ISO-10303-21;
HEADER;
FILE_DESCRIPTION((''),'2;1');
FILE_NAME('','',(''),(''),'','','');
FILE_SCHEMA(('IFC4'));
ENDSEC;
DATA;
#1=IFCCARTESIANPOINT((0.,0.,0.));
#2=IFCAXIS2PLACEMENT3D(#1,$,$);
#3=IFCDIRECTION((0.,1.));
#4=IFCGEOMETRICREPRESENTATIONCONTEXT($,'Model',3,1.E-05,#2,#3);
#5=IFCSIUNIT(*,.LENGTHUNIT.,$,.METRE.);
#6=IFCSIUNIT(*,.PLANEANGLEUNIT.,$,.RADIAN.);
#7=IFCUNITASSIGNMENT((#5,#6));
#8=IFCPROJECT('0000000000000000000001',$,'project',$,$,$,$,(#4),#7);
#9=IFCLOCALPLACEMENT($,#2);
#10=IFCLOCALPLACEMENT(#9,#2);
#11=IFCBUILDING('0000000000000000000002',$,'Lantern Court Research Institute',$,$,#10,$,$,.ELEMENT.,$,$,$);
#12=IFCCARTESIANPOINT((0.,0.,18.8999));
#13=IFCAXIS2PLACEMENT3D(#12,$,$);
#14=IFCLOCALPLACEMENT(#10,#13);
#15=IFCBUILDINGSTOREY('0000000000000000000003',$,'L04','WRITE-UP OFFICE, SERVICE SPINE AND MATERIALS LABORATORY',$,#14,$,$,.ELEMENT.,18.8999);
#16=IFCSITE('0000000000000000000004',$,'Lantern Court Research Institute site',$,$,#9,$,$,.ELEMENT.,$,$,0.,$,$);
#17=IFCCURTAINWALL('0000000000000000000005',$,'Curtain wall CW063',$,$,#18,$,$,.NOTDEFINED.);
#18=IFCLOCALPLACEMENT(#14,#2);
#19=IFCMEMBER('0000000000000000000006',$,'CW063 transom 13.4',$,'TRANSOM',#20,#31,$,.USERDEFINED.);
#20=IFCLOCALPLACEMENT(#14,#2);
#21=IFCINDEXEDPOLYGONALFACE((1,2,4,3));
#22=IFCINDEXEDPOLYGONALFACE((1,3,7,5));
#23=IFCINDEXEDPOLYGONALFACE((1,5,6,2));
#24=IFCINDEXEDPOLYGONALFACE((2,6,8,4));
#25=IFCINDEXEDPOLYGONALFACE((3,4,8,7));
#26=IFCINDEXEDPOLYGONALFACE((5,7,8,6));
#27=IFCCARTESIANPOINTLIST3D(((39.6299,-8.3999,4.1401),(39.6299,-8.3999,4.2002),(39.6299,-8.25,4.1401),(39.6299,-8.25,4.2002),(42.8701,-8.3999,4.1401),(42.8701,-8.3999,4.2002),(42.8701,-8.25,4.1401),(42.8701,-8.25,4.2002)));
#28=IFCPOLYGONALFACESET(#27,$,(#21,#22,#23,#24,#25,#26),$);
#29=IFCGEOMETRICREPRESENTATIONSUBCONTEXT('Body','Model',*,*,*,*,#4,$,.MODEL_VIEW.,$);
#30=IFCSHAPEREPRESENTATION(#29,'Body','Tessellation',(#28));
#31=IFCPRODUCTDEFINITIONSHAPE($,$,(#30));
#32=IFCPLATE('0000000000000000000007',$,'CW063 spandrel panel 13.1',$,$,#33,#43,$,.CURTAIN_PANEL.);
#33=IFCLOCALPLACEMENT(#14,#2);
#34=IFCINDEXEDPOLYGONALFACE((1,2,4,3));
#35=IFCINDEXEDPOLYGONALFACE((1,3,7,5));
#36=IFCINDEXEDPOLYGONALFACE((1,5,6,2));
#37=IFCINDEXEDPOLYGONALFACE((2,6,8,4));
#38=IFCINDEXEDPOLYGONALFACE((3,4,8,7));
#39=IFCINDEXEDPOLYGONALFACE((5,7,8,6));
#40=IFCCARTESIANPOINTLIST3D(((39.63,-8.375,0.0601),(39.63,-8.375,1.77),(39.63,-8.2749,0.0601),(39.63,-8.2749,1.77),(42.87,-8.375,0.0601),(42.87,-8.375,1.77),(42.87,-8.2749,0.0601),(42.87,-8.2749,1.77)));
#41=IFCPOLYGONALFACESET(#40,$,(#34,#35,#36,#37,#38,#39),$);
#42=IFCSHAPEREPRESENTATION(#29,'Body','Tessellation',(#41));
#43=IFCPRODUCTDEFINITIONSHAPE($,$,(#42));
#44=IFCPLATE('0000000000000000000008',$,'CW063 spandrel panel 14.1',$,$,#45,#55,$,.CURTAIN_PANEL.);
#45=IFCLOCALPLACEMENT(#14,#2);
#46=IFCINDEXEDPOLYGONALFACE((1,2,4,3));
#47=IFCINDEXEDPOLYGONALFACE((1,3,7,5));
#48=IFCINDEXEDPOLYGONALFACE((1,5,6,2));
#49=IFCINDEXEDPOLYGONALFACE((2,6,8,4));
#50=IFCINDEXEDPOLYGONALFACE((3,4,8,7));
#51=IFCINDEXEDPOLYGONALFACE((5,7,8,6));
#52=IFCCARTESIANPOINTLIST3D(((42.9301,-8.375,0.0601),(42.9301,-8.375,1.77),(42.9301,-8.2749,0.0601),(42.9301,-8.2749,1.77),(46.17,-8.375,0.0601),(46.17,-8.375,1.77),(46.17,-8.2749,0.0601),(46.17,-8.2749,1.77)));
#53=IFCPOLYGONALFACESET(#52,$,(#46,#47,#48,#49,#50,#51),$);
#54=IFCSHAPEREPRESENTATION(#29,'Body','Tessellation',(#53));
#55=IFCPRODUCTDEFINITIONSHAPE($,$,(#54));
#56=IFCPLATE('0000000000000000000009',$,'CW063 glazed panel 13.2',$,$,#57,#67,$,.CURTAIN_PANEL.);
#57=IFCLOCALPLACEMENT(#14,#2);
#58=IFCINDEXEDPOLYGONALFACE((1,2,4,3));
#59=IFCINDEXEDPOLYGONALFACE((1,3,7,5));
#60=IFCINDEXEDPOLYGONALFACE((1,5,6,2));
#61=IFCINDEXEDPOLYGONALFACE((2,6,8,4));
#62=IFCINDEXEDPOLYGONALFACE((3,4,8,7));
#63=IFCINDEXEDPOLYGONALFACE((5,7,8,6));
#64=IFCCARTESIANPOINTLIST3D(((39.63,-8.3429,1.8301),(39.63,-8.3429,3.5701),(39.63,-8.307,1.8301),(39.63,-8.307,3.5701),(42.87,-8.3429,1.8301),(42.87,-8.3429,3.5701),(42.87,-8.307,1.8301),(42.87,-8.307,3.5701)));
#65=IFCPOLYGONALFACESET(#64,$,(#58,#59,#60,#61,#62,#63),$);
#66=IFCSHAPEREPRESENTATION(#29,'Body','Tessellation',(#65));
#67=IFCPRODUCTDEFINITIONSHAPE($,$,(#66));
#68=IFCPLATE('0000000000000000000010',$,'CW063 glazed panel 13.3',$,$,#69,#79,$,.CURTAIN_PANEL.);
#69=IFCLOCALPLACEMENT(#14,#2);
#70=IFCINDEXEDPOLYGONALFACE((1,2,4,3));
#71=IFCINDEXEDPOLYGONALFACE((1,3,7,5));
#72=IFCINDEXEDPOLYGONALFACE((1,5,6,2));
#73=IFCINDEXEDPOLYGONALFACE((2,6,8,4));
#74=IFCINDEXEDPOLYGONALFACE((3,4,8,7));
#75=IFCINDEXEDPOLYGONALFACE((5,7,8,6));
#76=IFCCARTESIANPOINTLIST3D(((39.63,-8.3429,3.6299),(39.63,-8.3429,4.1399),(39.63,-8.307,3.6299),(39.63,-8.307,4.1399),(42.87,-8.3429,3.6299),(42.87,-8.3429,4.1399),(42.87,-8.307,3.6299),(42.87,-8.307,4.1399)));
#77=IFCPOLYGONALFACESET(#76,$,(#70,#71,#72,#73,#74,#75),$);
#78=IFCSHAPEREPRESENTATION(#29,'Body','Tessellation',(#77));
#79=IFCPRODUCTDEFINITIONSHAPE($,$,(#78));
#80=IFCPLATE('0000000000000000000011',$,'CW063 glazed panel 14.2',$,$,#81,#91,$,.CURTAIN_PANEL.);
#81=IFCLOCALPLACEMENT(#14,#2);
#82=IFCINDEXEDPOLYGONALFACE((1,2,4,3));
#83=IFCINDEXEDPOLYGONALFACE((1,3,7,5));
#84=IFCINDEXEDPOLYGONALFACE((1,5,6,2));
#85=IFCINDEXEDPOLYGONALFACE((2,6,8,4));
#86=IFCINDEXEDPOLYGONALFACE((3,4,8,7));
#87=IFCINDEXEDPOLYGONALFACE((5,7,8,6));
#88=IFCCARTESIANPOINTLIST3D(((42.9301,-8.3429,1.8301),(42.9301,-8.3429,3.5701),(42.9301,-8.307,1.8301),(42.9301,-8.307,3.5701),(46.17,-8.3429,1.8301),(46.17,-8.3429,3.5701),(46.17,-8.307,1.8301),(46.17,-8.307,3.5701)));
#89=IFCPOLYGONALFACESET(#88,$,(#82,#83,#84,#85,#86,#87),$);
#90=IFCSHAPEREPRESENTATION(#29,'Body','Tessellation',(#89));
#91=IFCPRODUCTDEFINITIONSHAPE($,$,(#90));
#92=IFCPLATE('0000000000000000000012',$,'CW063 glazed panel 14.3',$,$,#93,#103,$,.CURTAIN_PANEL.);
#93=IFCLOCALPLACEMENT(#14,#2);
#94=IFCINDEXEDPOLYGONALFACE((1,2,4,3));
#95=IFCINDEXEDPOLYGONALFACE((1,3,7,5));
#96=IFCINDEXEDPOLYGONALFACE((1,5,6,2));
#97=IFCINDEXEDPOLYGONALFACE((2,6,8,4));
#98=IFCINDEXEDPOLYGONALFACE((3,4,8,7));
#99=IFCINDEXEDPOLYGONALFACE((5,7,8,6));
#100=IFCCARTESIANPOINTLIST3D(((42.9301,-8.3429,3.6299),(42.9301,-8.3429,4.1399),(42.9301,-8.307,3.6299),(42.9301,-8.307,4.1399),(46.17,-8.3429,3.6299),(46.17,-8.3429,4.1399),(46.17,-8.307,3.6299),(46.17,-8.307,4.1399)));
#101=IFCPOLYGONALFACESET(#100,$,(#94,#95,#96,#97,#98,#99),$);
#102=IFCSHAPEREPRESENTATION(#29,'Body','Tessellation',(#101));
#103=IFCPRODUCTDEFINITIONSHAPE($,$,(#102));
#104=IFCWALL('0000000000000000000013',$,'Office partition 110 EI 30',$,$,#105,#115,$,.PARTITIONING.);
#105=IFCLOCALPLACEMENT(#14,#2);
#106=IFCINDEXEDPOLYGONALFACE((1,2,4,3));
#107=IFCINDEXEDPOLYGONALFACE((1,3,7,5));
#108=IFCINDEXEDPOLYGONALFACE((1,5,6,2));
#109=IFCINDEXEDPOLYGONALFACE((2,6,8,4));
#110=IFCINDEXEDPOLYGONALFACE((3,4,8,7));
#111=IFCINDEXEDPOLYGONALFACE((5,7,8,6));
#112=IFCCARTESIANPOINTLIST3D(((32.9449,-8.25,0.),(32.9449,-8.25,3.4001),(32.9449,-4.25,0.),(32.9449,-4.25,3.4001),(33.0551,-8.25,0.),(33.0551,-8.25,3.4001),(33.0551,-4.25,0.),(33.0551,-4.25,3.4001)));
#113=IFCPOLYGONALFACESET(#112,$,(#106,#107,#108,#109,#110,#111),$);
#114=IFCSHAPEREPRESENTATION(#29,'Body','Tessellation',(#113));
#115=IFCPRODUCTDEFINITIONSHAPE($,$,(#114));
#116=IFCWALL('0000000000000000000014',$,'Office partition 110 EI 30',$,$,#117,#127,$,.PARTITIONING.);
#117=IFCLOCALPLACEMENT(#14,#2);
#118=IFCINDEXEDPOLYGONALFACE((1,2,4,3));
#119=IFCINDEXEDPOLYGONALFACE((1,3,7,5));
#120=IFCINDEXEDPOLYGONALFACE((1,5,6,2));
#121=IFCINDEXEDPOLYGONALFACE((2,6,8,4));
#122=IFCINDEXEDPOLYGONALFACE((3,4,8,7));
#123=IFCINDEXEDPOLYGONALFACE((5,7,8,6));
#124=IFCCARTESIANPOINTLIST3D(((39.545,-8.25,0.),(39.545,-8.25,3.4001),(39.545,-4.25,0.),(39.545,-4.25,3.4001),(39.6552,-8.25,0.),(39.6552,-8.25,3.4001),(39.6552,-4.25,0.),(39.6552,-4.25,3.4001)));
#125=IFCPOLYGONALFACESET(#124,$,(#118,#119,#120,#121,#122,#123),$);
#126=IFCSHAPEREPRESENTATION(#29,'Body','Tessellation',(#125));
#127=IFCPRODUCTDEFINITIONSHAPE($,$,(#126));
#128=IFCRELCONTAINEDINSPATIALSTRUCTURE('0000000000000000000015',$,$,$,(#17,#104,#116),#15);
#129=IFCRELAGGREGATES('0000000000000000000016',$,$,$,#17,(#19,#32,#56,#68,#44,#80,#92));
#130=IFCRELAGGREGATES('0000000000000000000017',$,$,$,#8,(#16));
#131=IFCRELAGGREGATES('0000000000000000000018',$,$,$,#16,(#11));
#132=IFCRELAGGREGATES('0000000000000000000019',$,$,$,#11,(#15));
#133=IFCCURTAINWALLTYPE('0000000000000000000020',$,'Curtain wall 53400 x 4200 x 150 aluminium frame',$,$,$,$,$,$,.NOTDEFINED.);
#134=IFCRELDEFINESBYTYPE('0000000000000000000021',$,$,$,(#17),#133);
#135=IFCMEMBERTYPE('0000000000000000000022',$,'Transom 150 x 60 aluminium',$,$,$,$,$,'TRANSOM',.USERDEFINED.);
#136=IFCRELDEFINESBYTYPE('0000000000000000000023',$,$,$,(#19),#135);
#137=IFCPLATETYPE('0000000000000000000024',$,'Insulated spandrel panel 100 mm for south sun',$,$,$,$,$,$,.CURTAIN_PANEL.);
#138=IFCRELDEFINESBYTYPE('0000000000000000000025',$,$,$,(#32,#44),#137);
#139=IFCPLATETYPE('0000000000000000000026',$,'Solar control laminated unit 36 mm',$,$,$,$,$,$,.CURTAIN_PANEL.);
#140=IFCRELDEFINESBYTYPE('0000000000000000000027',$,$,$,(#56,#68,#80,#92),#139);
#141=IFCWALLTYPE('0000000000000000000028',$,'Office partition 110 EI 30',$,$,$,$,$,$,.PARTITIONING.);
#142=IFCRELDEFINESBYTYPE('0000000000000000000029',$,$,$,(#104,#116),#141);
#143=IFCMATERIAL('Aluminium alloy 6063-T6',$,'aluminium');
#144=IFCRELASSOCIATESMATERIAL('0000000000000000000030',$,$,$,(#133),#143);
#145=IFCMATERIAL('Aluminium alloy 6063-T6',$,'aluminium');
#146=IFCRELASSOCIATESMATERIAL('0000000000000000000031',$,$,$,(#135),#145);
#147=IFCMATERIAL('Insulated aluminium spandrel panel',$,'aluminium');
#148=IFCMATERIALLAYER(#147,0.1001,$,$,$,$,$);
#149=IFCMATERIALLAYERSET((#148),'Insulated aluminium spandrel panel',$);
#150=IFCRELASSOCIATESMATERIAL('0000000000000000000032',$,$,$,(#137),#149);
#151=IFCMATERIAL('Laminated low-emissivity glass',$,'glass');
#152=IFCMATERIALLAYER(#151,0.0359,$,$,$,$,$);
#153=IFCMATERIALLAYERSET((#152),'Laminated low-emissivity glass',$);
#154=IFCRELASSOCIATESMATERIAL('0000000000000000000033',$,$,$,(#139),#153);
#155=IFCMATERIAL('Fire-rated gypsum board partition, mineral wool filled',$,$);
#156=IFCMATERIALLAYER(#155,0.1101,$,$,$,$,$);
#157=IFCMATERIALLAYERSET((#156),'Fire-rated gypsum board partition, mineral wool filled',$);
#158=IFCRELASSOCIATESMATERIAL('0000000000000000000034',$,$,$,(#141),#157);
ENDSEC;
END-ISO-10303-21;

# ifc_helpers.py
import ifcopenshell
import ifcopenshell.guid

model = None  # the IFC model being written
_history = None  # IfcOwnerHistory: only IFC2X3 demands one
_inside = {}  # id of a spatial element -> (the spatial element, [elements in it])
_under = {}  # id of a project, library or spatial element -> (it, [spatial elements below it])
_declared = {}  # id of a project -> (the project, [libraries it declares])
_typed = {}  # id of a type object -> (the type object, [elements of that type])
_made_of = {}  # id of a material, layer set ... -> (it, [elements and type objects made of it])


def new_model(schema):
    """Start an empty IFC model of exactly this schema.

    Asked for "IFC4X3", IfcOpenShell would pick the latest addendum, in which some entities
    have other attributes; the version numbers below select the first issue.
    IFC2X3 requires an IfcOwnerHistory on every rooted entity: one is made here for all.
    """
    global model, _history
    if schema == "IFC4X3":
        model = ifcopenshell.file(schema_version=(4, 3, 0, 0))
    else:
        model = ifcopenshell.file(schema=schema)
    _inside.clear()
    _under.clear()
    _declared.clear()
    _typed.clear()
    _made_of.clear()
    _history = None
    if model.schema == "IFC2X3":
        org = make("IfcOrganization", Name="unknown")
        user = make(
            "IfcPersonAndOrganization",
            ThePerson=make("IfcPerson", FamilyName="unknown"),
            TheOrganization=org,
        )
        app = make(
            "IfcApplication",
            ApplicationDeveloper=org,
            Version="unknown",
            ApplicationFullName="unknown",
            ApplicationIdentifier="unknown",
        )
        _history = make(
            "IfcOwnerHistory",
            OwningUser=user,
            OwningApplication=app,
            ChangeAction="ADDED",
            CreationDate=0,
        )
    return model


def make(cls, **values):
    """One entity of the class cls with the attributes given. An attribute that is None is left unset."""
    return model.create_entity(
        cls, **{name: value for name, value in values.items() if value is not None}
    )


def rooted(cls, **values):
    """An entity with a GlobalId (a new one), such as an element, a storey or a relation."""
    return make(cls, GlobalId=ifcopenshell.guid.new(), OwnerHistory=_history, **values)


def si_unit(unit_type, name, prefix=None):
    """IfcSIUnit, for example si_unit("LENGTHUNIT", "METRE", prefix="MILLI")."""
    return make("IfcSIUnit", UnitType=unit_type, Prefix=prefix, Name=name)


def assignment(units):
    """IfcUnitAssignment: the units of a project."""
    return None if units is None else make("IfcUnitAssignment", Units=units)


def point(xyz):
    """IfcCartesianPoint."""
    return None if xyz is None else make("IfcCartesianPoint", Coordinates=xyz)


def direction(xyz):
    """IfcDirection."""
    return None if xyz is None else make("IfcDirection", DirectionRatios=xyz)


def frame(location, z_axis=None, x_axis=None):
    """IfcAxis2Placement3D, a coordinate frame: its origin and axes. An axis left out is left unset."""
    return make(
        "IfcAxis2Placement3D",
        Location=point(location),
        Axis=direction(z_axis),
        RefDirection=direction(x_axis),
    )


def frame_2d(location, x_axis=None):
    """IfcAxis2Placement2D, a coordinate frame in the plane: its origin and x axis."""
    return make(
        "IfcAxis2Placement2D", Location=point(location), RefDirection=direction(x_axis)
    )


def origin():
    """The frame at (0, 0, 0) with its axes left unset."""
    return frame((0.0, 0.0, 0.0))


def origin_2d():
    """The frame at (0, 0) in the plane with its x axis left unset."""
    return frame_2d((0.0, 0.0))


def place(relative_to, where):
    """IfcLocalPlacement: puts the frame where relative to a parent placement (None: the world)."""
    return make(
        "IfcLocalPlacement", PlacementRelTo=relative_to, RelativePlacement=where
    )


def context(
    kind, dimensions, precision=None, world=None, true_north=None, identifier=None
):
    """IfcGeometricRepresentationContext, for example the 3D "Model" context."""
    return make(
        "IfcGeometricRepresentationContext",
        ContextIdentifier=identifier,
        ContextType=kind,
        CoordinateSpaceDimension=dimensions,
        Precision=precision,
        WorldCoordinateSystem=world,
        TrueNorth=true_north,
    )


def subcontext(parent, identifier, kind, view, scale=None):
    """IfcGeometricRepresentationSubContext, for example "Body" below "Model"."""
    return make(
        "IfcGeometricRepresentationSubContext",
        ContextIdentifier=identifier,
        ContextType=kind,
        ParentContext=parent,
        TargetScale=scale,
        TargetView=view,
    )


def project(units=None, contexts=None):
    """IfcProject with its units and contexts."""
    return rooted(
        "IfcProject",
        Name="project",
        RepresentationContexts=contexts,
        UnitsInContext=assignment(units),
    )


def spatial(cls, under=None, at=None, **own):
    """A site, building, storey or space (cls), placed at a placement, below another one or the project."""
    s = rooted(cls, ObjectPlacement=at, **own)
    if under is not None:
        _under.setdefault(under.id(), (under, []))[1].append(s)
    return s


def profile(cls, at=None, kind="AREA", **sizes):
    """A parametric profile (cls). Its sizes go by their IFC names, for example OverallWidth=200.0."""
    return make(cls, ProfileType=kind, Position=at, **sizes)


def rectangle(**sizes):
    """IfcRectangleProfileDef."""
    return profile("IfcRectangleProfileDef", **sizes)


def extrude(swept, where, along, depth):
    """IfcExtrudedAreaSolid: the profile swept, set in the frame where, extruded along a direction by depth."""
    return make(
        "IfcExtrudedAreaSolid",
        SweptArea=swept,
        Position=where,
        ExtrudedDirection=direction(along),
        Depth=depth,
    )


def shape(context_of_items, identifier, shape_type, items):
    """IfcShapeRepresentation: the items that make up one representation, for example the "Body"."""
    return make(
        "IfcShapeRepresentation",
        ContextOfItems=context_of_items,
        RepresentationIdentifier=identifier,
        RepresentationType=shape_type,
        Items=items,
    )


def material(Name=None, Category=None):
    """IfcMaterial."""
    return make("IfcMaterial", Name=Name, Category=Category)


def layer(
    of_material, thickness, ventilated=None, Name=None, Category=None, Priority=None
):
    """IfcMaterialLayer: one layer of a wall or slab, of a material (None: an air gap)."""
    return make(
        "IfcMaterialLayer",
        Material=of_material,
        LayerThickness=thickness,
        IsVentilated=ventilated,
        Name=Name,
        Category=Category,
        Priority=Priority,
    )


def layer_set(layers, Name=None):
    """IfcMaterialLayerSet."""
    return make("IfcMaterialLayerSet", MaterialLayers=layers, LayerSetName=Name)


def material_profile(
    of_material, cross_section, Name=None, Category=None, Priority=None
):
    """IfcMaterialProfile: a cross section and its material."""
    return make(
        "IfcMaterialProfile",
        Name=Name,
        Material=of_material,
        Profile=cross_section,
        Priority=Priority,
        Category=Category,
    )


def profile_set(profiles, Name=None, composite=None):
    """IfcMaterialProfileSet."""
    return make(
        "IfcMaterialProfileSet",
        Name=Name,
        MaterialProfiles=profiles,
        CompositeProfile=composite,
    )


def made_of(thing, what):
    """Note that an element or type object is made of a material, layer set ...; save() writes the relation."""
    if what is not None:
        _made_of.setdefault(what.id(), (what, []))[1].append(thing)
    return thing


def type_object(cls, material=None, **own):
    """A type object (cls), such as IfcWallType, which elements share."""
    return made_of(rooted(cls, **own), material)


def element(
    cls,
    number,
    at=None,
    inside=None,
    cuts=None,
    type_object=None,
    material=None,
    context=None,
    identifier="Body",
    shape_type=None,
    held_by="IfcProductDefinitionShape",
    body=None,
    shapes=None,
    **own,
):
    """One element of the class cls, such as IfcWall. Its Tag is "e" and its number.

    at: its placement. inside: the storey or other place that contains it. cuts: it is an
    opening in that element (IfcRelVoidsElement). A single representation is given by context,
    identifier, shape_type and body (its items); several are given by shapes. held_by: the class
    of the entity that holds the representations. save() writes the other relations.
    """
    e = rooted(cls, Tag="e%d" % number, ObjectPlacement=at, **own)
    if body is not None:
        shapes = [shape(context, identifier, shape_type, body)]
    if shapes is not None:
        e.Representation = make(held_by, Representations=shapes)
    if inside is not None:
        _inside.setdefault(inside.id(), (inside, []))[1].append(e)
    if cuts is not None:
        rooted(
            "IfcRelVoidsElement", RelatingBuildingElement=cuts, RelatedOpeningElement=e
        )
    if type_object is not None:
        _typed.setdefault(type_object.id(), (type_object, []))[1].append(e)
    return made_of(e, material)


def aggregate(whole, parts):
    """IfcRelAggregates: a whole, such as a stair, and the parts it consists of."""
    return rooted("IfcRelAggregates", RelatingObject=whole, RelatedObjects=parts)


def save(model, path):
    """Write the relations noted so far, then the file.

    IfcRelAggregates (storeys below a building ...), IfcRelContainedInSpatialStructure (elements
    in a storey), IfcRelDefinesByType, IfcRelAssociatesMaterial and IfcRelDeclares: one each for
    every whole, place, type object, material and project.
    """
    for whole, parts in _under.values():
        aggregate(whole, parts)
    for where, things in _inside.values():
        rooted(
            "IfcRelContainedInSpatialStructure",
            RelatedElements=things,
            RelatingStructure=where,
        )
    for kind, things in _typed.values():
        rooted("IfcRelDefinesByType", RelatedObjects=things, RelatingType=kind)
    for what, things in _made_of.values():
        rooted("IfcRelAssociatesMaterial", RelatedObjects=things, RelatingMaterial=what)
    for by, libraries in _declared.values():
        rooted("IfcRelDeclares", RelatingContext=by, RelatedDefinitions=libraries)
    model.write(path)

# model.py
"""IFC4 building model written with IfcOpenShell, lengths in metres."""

from ifc_helpers import new_model, si_unit, direction, frame, frame_2d, origin, origin_2d, place, context, subcontext, project, spatial, rectangle, extrude, material, layer, layer_set, material_profile, profile_set, type_object, element, aggregate, save


model = new_model("IFC4")

# Units and contexts
model_context = context("Model", 3, precision=1e-05, world=origin(), true_north=direction((0.0, 1.0)))
body_context = subcontext(model_context, "Body", "Model", "MODEL_VIEW")
ifc_project = project(units=[si_unit("LENGTHUNIT", "METRE"), si_unit("PLANEANGLEUNIT", "RADIAN")], contexts=[model_context])

# Site, building, storey
site_placement = place(None, origin())
site = spatial("IfcSite", under=ifc_project, at=site_placement, Name="Lantern Court Research Institute site", CompositionType="ELEMENT", RefElevation=0.0)
building_placement = place(site_placement, origin())
building = spatial("IfcBuilding", under=site, at=building_placement, Name="Lantern Court Research Institute", CompositionType="ELEMENT")
storey_placement = place(building_placement, frame((0.0, 0.0, 18.8999)))
storey = spatial("IfcBuildingStorey", under=building, at=storey_placement, Name="L04", Description="WRITE-UP OFFICE, SERVICE SPINE AND MATERIALS LABORATORY", CompositionType="ELEMENT", Elevation=18.8999)

# Curtain wall
ifc_material_1 = material(Name="Aluminium alloy 6063-T6", Category="aluminium")
curtain_wall_type = type_object("IfcCurtainWallType", Name="Curtain wall 53400 x 4200 x 150 aluminium frame", PredefinedType="NOTDEFINED", material=ifc_material_1)
curtain_wall_placement = place(storey_placement, origin())
curtain_wall = element("IfcCurtainWall", 1, at=curtain_wall_placement, inside=storey, type_object=curtain_wall_type, Name="Curtain wall CW063", PredefinedType="NOTDEFINED")

# Member
ifc_material_2 = material(Name="Aluminium alloy 6063-T6", Category="aluminium")
ifc_material_profile_1 = material_profile(ifc_material_2, rectangle(XDim=0.1499, YDim=0.0601, at=origin_2d()), Name="Transom 150 x 60")
ifc_profile_set_1 = profile_set([ifc_material_profile_1], Name="Aluminium alloy 6063-T6")
member_type_1 = type_object("IfcMemberType", Name="Transom 150 x 60 aluminium", ElementType="TRANSOM", PredefinedType="USERDEFINED", material=ifc_profile_set_1)
member_1_placement = place(storey_placement, frame((42.8701, -8.325, 4.1702), z_axis=(-1.0, 0.0, 0.0), x_axis=(0.0, -1.0, 0.0)))
member_1 = element("IfcMember", 2, at=member_1_placement, type_object=member_type_1, Name="CW063 transom 13.4", ObjectType="TRANSOM", PredefinedType="USERDEFINED", context=body_context, shape_type="SweptSolid", body=[
    extrude(rectangle(XDim=0.1499, YDim=0.0601, at=origin_2d()), origin(), (0.0, 0.0, 1.0), 3.2402),
])

# Plates
ifc_material_3 = material(Name="Insulated aluminium spandrel panel", Category="aluminium")
ifc_layer_1 = layer(ifc_material_3, 0.1001)
ifc_layer_set_1 = layer_set([ifc_layer_1], Name="Insulated aluminium spandrel panel")
plate_type_1 = type_object("IfcPlateType", Name="Insulated spandrel panel 100 mm for south sun", PredefinedType="CURTAIN_PANEL", material=ifc_layer_set_1)
plate_1_placement = place(storey_placement, frame((41.25, -8.325, 0.0601), z_axis=(0.0, 0.0, 1.0), x_axis=(-1.0, 0.0, 0.0)))
plate_1 = element("IfcPlate", 3, at=plate_1_placement, type_object=plate_type_1, Name="CW063 spandrel panel 13.1", PredefinedType="CURTAIN_PANEL", context=body_context, shape_type="SweptSolid", body=[
    extrude(rectangle(XDim=3.24, YDim=0.1001, at=origin_2d()), origin(), (0.0, 0.0, 1.0), 1.71),
])
plate_2_placement = place(storey_placement, frame((44.55, -8.325, 0.0601), z_axis=(0.0, 0.0, 1.0), x_axis=(-1.0, 0.0, 0.0)))
plate_2 = element("IfcPlate", 4, at=plate_2_placement, type_object=plate_type_1, Name="CW063 spandrel panel 14.1", PredefinedType="CURTAIN_PANEL", context=body_context, shape_type="SweptSolid", body=[
    extrude(rectangle(XDim=3.24, YDim=0.1001, at=origin_2d()), origin(), (0.0, 0.0, 1.0), 1.71),
])
ifc_material_4 = material(Name="Laminated low-emissivity glass", Category="glass")
ifc_layer_2 = layer(ifc_material_4, 0.0359)
ifc_layer_set_2 = layer_set([ifc_layer_2], Name="Laminated low-emissivity glass")
plate_type_2 = type_object("IfcPlateType", Name="Solar control laminated unit 36 mm", PredefinedType="CURTAIN_PANEL", material=ifc_layer_set_2)
plate_3_placement = place(storey_placement, frame((41.25, -8.325, 1.8301), z_axis=(0.0, 0.0, 1.0), x_axis=(-1.0, 0.0, 0.0)))
plate_3 = element("IfcPlate", 5, at=plate_3_placement, type_object=plate_type_2, Name="CW063 glazed panel 13.2", PredefinedType="CURTAIN_PANEL", context=body_context, shape_type="SweptSolid", body=[
    extrude(rectangle(XDim=3.24, YDim=0.0359, at=origin_2d()), origin(), (0.0, 0.0, 1.0), 1.74),
])
plate_4_placement = place(storey_placement, frame((41.25, -8.325, 3.6299), z_axis=(0.0, 0.0, 1.0), x_axis=(-1.0, 0.0, 0.0)))
plate_4 = element("IfcPlate", 6, at=plate_4_placement, type_object=plate_type_2, Name="CW063 glazed panel 13.3", PredefinedType="CURTAIN_PANEL", context=body_context, shape_type="SweptSolid", body=[
    extrude(rectangle(XDim=3.24, YDim=0.0359, at=origin_2d()), origin(), (0.0, 0.0, 1.0), 0.51),
])
plate_5_placement = place(storey_placement, frame((44.55, -8.325, 1.8301), z_axis=(0.0, 0.0, 1.0), x_axis=(-1.0, 0.0, 0.0)))
plate_5 = element("IfcPlate", 7, at=plate_5_placement, type_object=plate_type_2, Name="CW063 glazed panel 14.2", PredefinedType="CURTAIN_PANEL", context=body_context, shape_type="SweptSolid", body=[
    extrude(rectangle(XDim=3.24, YDim=0.0359, at=origin_2d()), origin(), (0.0, 0.0, 1.0), 1.74),
])
plate_6_placement = place(storey_placement, frame((44.55, -8.325, 3.6299), z_axis=(0.0, 0.0, 1.0), x_axis=(-1.0, 0.0, 0.0)))
plate_6 = element("IfcPlate", 8, at=plate_6_placement, type_object=plate_type_2, Name="CW063 glazed panel 14.3", PredefinedType="CURTAIN_PANEL", context=body_context, shape_type="SweptSolid", body=[
    extrude(rectangle(XDim=3.24, YDim=0.0359, at=origin_2d()), origin(), (0.0, 0.0, 1.0), 0.51),
])
aggregate(curtain_wall, [member_1, plate_1, plate_3, plate_4, plate_2, plate_5, plate_6])

# Walls
ifc_material_5 = material(Name="Fire-rated gypsum board partition, mineral wool filled")
ifc_layer_3 = layer(ifc_material_5, 0.1101)
ifc_layer_set_3 = layer_set([ifc_layer_3], Name="Fire-rated gypsum board partition, mineral wool filled")
wall_type = type_object("IfcWallType", Name="Office partition 110 EI 30", PredefinedType="PARTITIONING", material=ifc_layer_set_3)
for number, where, z_axis, x_axis, name in (
    (9, (33.0, -8.25, 0.0), (0.0, 0.0, 1.0), (0.0, 1.0, 0.0), "Office partition 110 EI 30"),
    (10, (39.6001, -8.25, 0.0), (0.0, 0.0, 1.0), (0.0, 1.0, 0.0), "Office partition 110 EI 30"),
):
    element("IfcWall", number, at=place(storey_placement, frame(where, z_axis=z_axis, x_axis=x_axis)), inside=storey, type_object=wall_type, Name=name, PredefinedType="PARTITIONING", context=body_context, shape_type="SweptSolid", body=[
        extrude(rectangle(XDim=4.0, YDim=0.1101, at=frame_2d((2.0, 0.0))), origin(), (0.0, 0.0, 1.0), 3.4001),
    ])

save(model, "model.ifc")
